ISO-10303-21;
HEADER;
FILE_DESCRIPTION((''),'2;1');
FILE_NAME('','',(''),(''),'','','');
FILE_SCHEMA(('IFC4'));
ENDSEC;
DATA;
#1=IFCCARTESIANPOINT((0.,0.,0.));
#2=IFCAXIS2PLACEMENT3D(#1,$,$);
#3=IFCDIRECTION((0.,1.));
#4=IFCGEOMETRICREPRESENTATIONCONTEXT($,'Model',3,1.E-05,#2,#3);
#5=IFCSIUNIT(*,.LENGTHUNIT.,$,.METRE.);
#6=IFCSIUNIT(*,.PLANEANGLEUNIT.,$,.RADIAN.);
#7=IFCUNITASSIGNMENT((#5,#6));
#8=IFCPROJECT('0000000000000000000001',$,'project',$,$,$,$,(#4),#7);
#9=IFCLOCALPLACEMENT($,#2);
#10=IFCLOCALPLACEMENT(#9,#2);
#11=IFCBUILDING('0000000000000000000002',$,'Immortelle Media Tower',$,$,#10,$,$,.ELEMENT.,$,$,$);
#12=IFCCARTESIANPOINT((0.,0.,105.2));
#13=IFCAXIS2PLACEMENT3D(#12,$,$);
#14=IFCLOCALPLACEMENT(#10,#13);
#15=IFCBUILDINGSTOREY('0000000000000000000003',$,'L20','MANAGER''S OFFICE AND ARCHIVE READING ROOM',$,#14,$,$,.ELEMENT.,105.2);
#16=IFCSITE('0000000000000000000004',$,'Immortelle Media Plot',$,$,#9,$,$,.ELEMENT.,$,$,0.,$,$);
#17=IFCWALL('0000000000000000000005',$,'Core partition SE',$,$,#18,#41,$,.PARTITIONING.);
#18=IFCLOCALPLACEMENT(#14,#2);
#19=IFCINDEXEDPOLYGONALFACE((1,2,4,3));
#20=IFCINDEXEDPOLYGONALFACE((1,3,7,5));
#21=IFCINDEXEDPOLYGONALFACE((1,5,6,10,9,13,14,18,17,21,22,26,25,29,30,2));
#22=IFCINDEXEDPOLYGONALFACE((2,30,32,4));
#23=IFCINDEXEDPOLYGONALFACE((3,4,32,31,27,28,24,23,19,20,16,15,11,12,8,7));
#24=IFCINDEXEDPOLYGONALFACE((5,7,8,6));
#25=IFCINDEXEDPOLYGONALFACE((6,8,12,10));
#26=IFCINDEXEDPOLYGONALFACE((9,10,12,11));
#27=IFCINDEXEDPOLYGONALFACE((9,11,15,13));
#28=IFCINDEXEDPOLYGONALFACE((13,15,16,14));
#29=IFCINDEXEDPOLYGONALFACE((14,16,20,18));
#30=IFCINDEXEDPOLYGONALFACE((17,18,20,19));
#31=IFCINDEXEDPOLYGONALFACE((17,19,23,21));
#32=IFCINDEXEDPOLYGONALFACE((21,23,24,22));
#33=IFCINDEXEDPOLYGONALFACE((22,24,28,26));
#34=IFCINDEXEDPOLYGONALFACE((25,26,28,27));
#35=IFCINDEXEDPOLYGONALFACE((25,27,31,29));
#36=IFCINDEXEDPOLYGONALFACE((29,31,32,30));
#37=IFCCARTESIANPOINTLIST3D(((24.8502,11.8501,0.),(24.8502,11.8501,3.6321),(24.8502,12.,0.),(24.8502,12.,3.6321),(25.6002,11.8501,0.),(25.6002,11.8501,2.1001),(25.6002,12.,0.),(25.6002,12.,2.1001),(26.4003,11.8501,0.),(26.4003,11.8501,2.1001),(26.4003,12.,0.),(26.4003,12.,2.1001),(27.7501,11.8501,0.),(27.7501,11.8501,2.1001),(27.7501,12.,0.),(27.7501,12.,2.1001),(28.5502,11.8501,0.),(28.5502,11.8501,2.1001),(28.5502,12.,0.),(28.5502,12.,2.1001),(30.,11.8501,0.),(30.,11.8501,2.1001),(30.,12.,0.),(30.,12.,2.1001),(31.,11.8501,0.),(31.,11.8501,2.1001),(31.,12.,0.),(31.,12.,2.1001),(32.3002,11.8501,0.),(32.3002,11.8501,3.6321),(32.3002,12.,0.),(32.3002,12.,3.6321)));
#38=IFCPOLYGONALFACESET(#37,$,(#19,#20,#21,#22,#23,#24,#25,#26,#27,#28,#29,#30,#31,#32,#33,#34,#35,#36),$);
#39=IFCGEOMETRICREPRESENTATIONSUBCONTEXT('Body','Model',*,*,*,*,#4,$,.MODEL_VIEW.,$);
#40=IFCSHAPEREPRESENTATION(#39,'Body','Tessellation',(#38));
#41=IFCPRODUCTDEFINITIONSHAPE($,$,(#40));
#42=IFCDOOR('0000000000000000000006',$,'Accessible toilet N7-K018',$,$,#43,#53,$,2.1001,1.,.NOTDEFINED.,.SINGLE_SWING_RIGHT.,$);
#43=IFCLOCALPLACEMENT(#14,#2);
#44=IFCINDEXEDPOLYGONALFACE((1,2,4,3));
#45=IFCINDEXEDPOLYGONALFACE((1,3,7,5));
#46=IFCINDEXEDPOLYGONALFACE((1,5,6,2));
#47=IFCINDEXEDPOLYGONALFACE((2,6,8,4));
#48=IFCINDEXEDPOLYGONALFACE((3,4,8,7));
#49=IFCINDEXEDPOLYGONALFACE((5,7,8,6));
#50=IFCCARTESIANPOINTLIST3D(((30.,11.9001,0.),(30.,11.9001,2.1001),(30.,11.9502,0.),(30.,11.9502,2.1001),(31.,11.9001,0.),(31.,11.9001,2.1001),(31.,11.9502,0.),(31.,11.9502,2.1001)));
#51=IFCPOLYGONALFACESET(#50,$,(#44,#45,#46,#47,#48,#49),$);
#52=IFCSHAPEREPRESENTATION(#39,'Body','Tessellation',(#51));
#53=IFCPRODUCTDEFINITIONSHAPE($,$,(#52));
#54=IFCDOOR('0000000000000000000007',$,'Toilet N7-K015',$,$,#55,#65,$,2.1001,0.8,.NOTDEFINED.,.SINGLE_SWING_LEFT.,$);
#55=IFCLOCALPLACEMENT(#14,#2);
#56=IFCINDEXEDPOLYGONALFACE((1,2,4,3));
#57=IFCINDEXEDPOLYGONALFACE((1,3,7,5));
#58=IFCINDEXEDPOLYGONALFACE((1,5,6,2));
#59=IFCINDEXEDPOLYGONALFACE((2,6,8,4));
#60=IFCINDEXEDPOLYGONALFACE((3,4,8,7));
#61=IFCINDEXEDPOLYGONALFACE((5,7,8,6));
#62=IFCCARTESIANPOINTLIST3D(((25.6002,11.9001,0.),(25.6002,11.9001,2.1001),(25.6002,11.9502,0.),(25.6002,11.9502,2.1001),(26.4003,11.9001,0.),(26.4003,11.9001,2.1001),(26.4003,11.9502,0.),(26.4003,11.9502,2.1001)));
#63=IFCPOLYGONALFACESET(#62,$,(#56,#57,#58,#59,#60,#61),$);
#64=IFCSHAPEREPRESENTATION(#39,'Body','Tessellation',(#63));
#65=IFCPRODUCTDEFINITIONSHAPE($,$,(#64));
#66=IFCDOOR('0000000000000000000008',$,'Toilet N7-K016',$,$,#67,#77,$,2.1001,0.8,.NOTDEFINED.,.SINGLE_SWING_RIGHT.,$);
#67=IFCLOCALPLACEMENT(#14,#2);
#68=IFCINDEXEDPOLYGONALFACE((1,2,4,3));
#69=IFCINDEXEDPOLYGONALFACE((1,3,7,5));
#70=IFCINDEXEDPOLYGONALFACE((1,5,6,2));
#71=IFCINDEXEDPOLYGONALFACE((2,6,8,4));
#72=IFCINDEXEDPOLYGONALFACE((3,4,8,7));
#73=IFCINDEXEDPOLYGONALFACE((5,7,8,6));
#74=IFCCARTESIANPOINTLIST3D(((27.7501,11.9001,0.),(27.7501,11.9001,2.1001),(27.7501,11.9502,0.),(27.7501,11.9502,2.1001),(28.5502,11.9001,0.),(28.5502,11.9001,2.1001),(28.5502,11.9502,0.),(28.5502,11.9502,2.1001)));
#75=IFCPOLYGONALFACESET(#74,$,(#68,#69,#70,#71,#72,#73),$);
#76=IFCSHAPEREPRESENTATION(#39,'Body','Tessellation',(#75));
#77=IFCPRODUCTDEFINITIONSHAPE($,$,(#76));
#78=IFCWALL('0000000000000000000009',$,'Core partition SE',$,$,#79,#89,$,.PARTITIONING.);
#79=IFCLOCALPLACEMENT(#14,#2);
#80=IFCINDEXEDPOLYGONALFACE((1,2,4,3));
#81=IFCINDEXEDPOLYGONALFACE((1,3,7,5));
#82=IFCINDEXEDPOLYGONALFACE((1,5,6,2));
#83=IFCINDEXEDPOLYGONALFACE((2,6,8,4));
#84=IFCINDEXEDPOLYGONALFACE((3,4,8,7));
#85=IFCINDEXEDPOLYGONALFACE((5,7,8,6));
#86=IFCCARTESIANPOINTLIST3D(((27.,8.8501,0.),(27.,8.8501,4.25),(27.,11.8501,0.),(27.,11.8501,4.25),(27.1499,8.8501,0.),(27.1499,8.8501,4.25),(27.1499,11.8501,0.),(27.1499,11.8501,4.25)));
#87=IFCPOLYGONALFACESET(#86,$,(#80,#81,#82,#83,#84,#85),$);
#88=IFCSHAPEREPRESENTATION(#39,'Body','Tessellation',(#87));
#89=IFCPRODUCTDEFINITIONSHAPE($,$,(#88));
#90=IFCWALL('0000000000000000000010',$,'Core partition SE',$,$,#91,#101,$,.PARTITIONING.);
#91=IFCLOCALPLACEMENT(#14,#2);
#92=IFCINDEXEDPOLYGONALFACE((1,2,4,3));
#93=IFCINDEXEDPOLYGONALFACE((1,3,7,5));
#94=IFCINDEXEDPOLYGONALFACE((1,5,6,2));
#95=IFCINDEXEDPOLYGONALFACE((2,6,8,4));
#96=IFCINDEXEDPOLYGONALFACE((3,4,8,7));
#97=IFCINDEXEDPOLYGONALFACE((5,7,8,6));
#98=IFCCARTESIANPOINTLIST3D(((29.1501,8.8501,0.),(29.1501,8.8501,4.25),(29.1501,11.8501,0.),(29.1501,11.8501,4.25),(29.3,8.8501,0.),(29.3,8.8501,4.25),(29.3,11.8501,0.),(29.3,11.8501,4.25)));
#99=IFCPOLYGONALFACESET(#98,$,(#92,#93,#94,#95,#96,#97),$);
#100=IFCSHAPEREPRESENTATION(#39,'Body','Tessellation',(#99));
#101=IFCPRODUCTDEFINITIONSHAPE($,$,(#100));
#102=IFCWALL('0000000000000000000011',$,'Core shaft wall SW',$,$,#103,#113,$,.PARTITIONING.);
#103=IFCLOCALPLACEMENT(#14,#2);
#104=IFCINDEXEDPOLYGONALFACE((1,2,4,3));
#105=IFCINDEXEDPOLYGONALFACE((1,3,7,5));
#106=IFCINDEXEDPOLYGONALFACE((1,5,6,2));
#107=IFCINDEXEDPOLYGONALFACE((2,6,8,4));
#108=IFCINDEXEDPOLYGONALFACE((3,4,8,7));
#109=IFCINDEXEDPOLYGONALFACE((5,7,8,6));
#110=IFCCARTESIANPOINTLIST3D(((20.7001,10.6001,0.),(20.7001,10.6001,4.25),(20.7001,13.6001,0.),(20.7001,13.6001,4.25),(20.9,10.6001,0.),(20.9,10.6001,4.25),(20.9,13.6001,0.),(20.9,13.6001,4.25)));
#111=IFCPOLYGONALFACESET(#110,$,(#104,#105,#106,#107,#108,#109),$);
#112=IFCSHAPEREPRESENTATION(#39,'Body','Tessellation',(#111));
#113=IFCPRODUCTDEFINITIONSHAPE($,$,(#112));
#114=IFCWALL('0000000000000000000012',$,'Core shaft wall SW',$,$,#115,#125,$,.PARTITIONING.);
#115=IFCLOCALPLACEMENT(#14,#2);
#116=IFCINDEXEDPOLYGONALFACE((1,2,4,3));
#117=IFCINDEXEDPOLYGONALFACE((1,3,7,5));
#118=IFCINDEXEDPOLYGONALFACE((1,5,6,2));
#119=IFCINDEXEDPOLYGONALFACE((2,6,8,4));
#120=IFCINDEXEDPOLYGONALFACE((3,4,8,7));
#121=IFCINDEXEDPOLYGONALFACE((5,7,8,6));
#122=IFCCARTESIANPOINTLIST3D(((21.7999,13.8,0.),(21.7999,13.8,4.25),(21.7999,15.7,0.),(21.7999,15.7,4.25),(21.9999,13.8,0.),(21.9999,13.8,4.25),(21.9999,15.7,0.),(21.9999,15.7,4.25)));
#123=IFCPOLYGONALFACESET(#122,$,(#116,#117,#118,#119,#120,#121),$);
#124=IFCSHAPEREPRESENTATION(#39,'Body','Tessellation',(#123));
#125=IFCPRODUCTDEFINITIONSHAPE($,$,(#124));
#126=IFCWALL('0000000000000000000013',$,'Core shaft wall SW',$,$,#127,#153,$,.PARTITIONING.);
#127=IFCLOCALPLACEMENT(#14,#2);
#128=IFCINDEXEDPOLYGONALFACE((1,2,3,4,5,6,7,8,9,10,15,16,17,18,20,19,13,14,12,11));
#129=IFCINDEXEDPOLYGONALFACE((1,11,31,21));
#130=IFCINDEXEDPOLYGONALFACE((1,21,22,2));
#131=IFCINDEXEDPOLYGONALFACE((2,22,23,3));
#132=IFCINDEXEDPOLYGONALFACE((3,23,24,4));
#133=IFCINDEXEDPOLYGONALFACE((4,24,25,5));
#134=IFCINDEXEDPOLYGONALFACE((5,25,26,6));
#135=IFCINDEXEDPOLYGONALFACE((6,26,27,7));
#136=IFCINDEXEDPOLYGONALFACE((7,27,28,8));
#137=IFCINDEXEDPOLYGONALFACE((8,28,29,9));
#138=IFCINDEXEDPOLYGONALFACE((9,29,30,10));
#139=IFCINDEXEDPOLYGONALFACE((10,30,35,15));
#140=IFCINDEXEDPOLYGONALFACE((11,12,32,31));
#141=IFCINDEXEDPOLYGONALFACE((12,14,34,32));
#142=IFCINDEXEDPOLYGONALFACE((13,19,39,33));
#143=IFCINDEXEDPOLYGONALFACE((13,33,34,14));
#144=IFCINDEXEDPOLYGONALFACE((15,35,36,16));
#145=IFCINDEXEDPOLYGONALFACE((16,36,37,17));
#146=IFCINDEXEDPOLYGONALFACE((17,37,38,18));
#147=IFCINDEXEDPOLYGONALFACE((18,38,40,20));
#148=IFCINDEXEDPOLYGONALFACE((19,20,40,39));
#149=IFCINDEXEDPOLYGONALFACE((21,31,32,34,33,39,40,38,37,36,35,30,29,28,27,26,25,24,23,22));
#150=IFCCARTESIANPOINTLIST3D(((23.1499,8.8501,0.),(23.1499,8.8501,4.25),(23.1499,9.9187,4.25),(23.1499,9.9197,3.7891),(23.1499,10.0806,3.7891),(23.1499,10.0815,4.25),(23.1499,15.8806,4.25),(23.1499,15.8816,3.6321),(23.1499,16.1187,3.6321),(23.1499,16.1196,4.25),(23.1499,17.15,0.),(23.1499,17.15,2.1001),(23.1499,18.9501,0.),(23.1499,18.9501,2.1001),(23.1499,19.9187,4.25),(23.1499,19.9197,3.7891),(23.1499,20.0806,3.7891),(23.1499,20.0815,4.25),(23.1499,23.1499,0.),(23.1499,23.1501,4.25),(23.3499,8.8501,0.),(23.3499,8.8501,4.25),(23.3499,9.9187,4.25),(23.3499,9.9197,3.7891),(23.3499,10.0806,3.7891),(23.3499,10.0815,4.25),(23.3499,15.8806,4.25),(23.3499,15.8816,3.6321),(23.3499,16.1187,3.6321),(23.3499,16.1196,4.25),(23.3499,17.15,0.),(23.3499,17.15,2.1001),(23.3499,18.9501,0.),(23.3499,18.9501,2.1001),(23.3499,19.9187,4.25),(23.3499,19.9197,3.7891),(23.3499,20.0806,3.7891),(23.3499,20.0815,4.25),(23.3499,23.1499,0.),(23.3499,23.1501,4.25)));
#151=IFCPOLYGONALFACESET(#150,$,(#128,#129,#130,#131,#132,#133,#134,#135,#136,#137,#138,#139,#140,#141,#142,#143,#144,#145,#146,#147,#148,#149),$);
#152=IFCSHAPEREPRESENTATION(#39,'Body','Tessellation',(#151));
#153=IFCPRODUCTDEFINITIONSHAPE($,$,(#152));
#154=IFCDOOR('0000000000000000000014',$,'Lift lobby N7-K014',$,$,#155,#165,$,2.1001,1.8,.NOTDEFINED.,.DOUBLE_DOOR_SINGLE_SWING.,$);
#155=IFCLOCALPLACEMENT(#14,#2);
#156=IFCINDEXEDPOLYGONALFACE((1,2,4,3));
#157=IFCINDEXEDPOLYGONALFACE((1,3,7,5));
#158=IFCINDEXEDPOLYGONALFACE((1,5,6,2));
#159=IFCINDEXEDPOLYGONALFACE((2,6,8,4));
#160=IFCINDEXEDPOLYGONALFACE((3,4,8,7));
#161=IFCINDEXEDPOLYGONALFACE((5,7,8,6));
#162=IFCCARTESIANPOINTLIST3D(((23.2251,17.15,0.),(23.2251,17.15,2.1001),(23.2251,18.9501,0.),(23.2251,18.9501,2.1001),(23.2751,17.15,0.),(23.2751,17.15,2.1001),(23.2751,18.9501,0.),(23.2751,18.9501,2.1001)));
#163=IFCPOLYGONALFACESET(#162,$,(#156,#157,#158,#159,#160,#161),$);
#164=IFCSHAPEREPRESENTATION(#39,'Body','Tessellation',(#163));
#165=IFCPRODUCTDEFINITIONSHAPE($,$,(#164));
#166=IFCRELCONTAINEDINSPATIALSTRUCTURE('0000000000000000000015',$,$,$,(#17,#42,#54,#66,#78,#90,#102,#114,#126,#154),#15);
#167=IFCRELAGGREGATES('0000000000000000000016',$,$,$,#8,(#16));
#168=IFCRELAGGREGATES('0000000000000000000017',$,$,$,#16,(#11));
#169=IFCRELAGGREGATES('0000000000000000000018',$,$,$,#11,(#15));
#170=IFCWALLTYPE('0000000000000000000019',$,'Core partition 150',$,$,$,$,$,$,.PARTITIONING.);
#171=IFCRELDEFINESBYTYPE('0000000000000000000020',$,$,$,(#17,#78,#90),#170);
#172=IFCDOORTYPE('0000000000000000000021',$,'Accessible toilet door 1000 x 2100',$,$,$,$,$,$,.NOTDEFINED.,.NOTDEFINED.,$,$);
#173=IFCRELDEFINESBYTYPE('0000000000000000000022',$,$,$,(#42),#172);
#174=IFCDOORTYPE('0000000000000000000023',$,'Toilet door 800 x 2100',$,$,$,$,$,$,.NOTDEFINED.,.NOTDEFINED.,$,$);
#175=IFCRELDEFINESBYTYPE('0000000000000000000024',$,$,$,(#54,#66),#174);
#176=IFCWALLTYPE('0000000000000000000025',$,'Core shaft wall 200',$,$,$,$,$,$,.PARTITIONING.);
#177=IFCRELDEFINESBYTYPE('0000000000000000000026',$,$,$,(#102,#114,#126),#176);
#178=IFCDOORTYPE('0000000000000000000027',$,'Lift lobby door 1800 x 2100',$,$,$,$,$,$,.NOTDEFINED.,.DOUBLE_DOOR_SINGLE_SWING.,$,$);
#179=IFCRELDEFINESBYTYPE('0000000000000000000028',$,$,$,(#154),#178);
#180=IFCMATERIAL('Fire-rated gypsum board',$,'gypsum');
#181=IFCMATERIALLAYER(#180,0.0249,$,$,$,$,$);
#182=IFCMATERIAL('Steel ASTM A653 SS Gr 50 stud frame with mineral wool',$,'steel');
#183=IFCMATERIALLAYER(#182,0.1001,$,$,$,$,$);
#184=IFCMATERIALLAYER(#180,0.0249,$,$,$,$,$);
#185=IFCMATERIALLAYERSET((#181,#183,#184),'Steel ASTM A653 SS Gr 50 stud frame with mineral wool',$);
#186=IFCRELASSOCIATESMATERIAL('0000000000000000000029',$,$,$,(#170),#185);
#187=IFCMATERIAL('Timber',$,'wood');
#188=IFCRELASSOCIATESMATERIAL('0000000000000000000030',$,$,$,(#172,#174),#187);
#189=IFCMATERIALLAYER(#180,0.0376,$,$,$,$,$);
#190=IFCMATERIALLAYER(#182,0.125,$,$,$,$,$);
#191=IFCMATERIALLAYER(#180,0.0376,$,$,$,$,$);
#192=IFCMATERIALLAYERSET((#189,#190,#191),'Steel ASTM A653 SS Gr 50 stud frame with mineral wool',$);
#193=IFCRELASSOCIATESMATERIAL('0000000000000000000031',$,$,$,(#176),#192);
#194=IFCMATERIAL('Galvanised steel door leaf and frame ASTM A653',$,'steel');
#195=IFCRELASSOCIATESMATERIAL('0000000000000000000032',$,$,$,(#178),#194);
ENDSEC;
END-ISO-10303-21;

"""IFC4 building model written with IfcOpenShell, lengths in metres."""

from ifc_helpers import new_model, si_unit, direction, frame, frame_2d, origin, place, context, subcontext, project, spatial, polyline, rectangle, outline, extrude, material, layer, layer_set, type_object, element, fill, save


model = new_model("IFC4")

# Units and contexts
model_context = context("Model", 3, precision=1e-05, world=origin(), true_north=direction((0.0, 1.0)))
body_context = subcontext(model_context, "Body", "Model", "MODEL_VIEW")
ifc_project = project(units=[si_unit("LENGTHUNIT", "METRE"), si_unit("PLANEANGLEUNIT", "RADIAN")], contexts=[model_context])

# Site, building, storey
site_placement = place(None, origin())
site = spatial("IfcSite", under=ifc_project, at=site_placement, Name="Immortelle Media Plot", CompositionType="ELEMENT", RefElevation=0.0)
building_placement = place(site_placement, origin())
building = spatial("IfcBuilding", under=site, at=building_placement, Name="Immortelle Media Tower", CompositionType="ELEMENT")
storey_placement = place(building_placement, frame((0.0, 0.0, 105.2)))
storey = spatial("IfcBuildingStorey", under=building, at=storey_placement, Name="L20", Description="MANAGER'S OFFICE AND ARCHIVE READING ROOM", CompositionType="ELEMENT", Elevation=105.2)

# Wall, openings, doors
ifc_material_1 = material(Name="Fire-rated gypsum board", Category="gypsum")
ifc_layer_1 = layer(ifc_material_1, 0.0249)
ifc_material_2 = material(Name="Steel ASTM A653 SS Gr 50 stud frame with mineral wool", Category="steel")
ifc_layer_2 = layer(ifc_material_2, 0.1001)
ifc_layer_3 = layer(ifc_material_1, 0.0249)
ifc_layer_set_1 = layer_set([ifc_layer_1, ifc_layer_2, ifc_layer_3], Name="Steel ASTM A653 SS Gr 50 stud frame with mineral wool")
wall_type_1 = type_object("IfcWallType", Name="Core partition 150", PredefinedType="PARTITIONING", material=ifc_layer_set_1)
wall_1_placement = place(storey_placement, frame((24.8501, 11.925, 0.0), z_axis=(0.0, 0.0, 1.0), x_axis=(1.0, 0.0, 0.0)))
wall_1 = element("IfcWall", 1, at=wall_1_placement, inside=storey, type_object=wall_type_1, Name="Core partition SE", PredefinedType="PARTITIONING", context=body_context, shape_type="SweptSolid", body=[
    extrude(rectangle(XDim=7.45, YDim=0.1499, at=frame_2d((3.7251, 0.0))), origin(), (0.0, 0.0, 1.0), 3.6321),
])
opening_1_placement = place(wall_1_placement, frame((1.55, 0.0, 0.0), z_axis=(0.0, 0.0, 1.0), x_axis=(-1.0, 0.0, 0.0)))
opening_1 = element("IfcOpeningElement", 2, at=opening_1_placement, cuts=wall_1, PredefinedType="OPENING", context=body_context, shape_type="SweptSolid", body=[
    extrude(rectangle(XDim=0.8, YDim=2.1001, at=frame_2d((0.3999, 1.05))), frame((0.0, 0.085, 0.0), z_axis=(0.0, -1.0, 0.0), x_axis=(1.0, 0.0, 0.0)), (0.0, 0.0, 1.0), 0.1699),
])
opening_2_placement = place(wall_1_placement, frame((3.7, 0.0, 0.0), z_axis=(0.0, 0.0, 1.0), x_axis=(-1.0, 0.0, 0.0)))
opening_2 = element("IfcOpeningElement", 3, at=opening_2_placement, cuts=wall_1, PredefinedType="OPENING", context=body_context, shape_type="SweptSolid", body=[
    extrude(rectangle(XDim=0.8, YDim=2.1001, at=frame_2d((0.3999, 1.05))), frame((0.0, 0.085, 0.0), z_axis=(0.0, -1.0, 0.0), x_axis=(1.0, 0.0, 0.0)), (0.0, 0.0, 1.0), 0.1699),
])
opening_3_placement = place(wall_1_placement, frame((6.1499, 0.0, 0.0), z_axis=(0.0, 0.0, 1.0), x_axis=(-1.0, 0.0, 0.0)))
opening_3 = element("IfcOpeningElement", 4, at=opening_3_placement, cuts=wall_1, PredefinedType="OPENING", context=body_context, shape_type="SweptSolid", body=[
    extrude(rectangle(XDim=1.0, YDim=2.1001, at=frame_2d((0.5, 1.05))), frame((0.0, 0.085, 0.0), z_axis=(0.0, -1.0, 0.0), x_axis=(1.0, 0.0, 0.0)), (0.0, 0.0, 1.0), 0.1699),
])
ifc_material_3 = material(Name="Timber", Category="wood")
door_type_1 = type_object("IfcDoorType", Name="Accessible toilet door 1000 x 2100", OperationType="NOTDEFINED", PredefinedType="NOTDEFINED", material=ifc_material_3)
door_1_placement = place(opening_3_placement, origin())
door_1 = element("IfcDoor", 5, at=door_1_placement, inside=storey, type_object=door_type_1, Name="Accessible toilet N7-K018", OperationType="SINGLE_SWING_RIGHT", OverallHeight=2.1001, OverallWidth=1.0, PredefinedType="NOTDEFINED", context=body_context, shape_type="SweptSolid", body=[
    extrude(rectangle(XDim=1.0, YDim=2.1001, at=frame_2d((0.5, 1.05))), frame((0.0, 0.0249, 0.0), z_axis=(0.0, -1.0, 0.0), x_axis=(1.0, 0.0, 0.0)), (0.0, 0.0, 1.0), 0.05),
])
fill(opening_3, door_1)
door_type_2 = type_object("IfcDoorType", Name="Toilet door 800 x 2100", OperationType="NOTDEFINED", PredefinedType="NOTDEFINED", material=ifc_material_3)
door_2_placement = place(opening_1_placement, origin())
door_2 = element("IfcDoor", 6, at=door_2_placement, inside=storey, type_object=door_type_2, Name="Toilet N7-K015", OperationType="SINGLE_SWING_LEFT", OverallHeight=2.1001, OverallWidth=0.8, PredefinedType="NOTDEFINED", context=body_context, shape_type="SweptSolid", body=[
    extrude(rectangle(XDim=0.8, YDim=2.1001, at=frame_2d((0.3999, 1.05))), frame((0.0, 0.0249, 0.0), z_axis=(0.0, -1.0, 0.0), x_axis=(1.0, 0.0, 0.0)), (0.0, 0.0, 1.0), 0.05),
])
fill(opening_1, door_2)
door_3_placement = place(opening_2_placement, origin())
door_3 = element("IfcDoor", 7, at=door_3_placement, inside=storey, type_object=door_type_2, Name="Toilet N7-K016", OperationType="SINGLE_SWING_RIGHT", OverallHeight=2.1001, OverallWidth=0.8, PredefinedType="NOTDEFINED", context=body_context, shape_type="SweptSolid", body=[
    extrude(rectangle(XDim=0.8, YDim=2.1001, at=frame_2d((0.3999, 1.05))), frame((0.0, 0.0249, 0.0), z_axis=(0.0, -1.0, 0.0), x_axis=(1.0, 0.0, 0.0)), (0.0, 0.0, 1.0), 0.05),
])
fill(opening_2, door_3)

# Walls
for number, where, z_axis, x_axis, name in (
    (8, (27.075, 8.8501, 0.0), (0.0, 0.0, 1.0), (0.0, 1.0, 0.0), "Core partition SE"),
    (9, (29.2251, 8.8501, 0.0), (0.0, 0.0, 1.0), (0.0, 1.0, 0.0), "Core partition SE"),
):
    element("IfcWall", number, at=place(storey_placement, frame(where, z_axis=z_axis, x_axis=x_axis)), inside=storey, type_object=wall_type_1, Name=name, PredefinedType="PARTITIONING", context=body_context, shape_type="SweptSolid", body=[
        extrude(rectangle(XDim=3.0, YDim=0.1499, at=frame_2d((1.5, 0.0))), origin(), (0.0, 0.0, 1.0), 4.25),
    ])
ifc_layer_4 = layer(ifc_material_1, 0.0376)
ifc_layer_5 = layer(ifc_material_2, 0.125)
ifc_layer_6 = layer(ifc_material_1, 0.0376)
ifc_layer_set_2 = layer_set([ifc_layer_4, ifc_layer_5, ifc_layer_6], Name="Steel ASTM A653 SS Gr 50 stud frame with mineral wool")
wall_type_2 = type_object("IfcWallType", Name="Core shaft wall 200", PredefinedType="PARTITIONING", material=ifc_layer_set_2)
wall_2_placement = place(storey_placement, frame((20.8, 10.6001, 0.0), z_axis=(0.0, 0.0, 1.0), x_axis=(0.0, 1.0, 0.0)))
element("IfcWall", 10, at=wall_2_placement, inside=storey, type_object=wall_type_2, Name="Core shaft wall SW", PredefinedType="PARTITIONING", context=body_context, shape_type="SweptSolid", body=[
    extrude(rectangle(XDim=3.0, YDim=0.2, at=frame_2d((1.5, 0.0))), origin(), (0.0, 0.0, 1.0), 4.25),
])
wall_3_placement = place(storey_placement, frame((21.8999, 13.8, 0.0), z_axis=(0.0, 0.0, 1.0), x_axis=(0.0, 1.0, 0.0)))
element("IfcWall", 11, at=wall_3_placement, inside=storey, type_object=wall_type_2, Name="Core shaft wall SW", PredefinedType="PARTITIONING", context=body_context, shape_type="SweptSolid", body=[
    extrude(rectangle(XDim=1.8999, YDim=0.2, at=frame_2d((0.95, 0.0))), origin(), (0.0, 0.0, 1.0), 4.25),
])

# Wall, opening, door
wall_4_placement = place(storey_placement, frame((23.25, 8.8501, 0.0), z_axis=(0.0, 0.0, 1.0), x_axis=(0.0, 1.0, 0.0)))
wall_4 = element("IfcWall", 12, at=wall_4_placement, inside=storey, type_object=wall_type_2, Name="Core shaft wall SW", PredefinedType="PARTITIONING", context=body_context, shape_type="SweptSolid", body=[
    extrude(outline(polyline([(0.0, 0.0), (14.2998, 0.0), (14.3, 4.25), (11.2314, 4.25), (11.2305, 3.7891), (11.0696, 3.7891), (11.0686, 4.25), (7.2695, 4.25), (7.2686, 3.6321), (7.0315, 3.6321), (7.0305, 4.25), (1.2314, 4.25), (1.2305, 3.7891), (1.0696, 3.7891), (1.0686, 4.25), (0.0, 4.25), (0.0, 0.0)])), frame((0.0, 0.1001, 0.0), z_axis=(0.0, -1.0, 0.0), x_axis=(1.0, 0.0, 0.0)), (0.0, 0.0, 1.0), 0.2),
])
opening_4_placement = place(wall_4_placement, frame((8.3, 0.0, 0.0)))
opening_4 = element("IfcOpeningElement", 13, at=opening_4_placement, cuts=wall_4, PredefinedType="OPENING", context=body_context, shape_type="SweptSolid", body=[
    extrude(rectangle(XDim=1.8, YDim=2.1001, at=frame_2d((0.8999, 1.05))), frame((0.0, 0.1099, 0.0), z_axis=(0.0, -1.0, 0.0), x_axis=(1.0, 0.0, 0.0)), (0.0, 0.0, 1.0), 0.22),
])
ifc_material_4 = material(Name="Galvanised steel door leaf and frame ASTM A653", Category="steel")
door_type_3 = type_object("IfcDoorType", Name="Lift lobby door 1800 x 2100", OperationType="DOUBLE_DOOR_SINGLE_SWING", PredefinedType="NOTDEFINED", material=ifc_material_4)
door_4_placement = place(opening_4_placement, origin())
door_4 = element("IfcDoor", 14, at=door_4_placement, inside=storey, type_object=door_type_3, Name="Lift lobby N7-K014", OperationType="DOUBLE_DOOR_SINGLE_SWING", OverallHeight=2.1001, OverallWidth=1.8, PredefinedType="NOTDEFINED", context=body_context, shape_type="SweptSolid", body=[
    extrude(rectangle(XDim=1.8, YDim=2.1001, at=frame_2d((0.8999, 1.05))), frame((0.0, 0.0249, 0.0), z_axis=(0.0, -1.0, 0.0), x_axis=(1.0, 0.0, 0.0)), (0.0, 0.0, 1.0), 0.05),
])
fill(opening_4, door_4)

save(model, "model.ifc")
